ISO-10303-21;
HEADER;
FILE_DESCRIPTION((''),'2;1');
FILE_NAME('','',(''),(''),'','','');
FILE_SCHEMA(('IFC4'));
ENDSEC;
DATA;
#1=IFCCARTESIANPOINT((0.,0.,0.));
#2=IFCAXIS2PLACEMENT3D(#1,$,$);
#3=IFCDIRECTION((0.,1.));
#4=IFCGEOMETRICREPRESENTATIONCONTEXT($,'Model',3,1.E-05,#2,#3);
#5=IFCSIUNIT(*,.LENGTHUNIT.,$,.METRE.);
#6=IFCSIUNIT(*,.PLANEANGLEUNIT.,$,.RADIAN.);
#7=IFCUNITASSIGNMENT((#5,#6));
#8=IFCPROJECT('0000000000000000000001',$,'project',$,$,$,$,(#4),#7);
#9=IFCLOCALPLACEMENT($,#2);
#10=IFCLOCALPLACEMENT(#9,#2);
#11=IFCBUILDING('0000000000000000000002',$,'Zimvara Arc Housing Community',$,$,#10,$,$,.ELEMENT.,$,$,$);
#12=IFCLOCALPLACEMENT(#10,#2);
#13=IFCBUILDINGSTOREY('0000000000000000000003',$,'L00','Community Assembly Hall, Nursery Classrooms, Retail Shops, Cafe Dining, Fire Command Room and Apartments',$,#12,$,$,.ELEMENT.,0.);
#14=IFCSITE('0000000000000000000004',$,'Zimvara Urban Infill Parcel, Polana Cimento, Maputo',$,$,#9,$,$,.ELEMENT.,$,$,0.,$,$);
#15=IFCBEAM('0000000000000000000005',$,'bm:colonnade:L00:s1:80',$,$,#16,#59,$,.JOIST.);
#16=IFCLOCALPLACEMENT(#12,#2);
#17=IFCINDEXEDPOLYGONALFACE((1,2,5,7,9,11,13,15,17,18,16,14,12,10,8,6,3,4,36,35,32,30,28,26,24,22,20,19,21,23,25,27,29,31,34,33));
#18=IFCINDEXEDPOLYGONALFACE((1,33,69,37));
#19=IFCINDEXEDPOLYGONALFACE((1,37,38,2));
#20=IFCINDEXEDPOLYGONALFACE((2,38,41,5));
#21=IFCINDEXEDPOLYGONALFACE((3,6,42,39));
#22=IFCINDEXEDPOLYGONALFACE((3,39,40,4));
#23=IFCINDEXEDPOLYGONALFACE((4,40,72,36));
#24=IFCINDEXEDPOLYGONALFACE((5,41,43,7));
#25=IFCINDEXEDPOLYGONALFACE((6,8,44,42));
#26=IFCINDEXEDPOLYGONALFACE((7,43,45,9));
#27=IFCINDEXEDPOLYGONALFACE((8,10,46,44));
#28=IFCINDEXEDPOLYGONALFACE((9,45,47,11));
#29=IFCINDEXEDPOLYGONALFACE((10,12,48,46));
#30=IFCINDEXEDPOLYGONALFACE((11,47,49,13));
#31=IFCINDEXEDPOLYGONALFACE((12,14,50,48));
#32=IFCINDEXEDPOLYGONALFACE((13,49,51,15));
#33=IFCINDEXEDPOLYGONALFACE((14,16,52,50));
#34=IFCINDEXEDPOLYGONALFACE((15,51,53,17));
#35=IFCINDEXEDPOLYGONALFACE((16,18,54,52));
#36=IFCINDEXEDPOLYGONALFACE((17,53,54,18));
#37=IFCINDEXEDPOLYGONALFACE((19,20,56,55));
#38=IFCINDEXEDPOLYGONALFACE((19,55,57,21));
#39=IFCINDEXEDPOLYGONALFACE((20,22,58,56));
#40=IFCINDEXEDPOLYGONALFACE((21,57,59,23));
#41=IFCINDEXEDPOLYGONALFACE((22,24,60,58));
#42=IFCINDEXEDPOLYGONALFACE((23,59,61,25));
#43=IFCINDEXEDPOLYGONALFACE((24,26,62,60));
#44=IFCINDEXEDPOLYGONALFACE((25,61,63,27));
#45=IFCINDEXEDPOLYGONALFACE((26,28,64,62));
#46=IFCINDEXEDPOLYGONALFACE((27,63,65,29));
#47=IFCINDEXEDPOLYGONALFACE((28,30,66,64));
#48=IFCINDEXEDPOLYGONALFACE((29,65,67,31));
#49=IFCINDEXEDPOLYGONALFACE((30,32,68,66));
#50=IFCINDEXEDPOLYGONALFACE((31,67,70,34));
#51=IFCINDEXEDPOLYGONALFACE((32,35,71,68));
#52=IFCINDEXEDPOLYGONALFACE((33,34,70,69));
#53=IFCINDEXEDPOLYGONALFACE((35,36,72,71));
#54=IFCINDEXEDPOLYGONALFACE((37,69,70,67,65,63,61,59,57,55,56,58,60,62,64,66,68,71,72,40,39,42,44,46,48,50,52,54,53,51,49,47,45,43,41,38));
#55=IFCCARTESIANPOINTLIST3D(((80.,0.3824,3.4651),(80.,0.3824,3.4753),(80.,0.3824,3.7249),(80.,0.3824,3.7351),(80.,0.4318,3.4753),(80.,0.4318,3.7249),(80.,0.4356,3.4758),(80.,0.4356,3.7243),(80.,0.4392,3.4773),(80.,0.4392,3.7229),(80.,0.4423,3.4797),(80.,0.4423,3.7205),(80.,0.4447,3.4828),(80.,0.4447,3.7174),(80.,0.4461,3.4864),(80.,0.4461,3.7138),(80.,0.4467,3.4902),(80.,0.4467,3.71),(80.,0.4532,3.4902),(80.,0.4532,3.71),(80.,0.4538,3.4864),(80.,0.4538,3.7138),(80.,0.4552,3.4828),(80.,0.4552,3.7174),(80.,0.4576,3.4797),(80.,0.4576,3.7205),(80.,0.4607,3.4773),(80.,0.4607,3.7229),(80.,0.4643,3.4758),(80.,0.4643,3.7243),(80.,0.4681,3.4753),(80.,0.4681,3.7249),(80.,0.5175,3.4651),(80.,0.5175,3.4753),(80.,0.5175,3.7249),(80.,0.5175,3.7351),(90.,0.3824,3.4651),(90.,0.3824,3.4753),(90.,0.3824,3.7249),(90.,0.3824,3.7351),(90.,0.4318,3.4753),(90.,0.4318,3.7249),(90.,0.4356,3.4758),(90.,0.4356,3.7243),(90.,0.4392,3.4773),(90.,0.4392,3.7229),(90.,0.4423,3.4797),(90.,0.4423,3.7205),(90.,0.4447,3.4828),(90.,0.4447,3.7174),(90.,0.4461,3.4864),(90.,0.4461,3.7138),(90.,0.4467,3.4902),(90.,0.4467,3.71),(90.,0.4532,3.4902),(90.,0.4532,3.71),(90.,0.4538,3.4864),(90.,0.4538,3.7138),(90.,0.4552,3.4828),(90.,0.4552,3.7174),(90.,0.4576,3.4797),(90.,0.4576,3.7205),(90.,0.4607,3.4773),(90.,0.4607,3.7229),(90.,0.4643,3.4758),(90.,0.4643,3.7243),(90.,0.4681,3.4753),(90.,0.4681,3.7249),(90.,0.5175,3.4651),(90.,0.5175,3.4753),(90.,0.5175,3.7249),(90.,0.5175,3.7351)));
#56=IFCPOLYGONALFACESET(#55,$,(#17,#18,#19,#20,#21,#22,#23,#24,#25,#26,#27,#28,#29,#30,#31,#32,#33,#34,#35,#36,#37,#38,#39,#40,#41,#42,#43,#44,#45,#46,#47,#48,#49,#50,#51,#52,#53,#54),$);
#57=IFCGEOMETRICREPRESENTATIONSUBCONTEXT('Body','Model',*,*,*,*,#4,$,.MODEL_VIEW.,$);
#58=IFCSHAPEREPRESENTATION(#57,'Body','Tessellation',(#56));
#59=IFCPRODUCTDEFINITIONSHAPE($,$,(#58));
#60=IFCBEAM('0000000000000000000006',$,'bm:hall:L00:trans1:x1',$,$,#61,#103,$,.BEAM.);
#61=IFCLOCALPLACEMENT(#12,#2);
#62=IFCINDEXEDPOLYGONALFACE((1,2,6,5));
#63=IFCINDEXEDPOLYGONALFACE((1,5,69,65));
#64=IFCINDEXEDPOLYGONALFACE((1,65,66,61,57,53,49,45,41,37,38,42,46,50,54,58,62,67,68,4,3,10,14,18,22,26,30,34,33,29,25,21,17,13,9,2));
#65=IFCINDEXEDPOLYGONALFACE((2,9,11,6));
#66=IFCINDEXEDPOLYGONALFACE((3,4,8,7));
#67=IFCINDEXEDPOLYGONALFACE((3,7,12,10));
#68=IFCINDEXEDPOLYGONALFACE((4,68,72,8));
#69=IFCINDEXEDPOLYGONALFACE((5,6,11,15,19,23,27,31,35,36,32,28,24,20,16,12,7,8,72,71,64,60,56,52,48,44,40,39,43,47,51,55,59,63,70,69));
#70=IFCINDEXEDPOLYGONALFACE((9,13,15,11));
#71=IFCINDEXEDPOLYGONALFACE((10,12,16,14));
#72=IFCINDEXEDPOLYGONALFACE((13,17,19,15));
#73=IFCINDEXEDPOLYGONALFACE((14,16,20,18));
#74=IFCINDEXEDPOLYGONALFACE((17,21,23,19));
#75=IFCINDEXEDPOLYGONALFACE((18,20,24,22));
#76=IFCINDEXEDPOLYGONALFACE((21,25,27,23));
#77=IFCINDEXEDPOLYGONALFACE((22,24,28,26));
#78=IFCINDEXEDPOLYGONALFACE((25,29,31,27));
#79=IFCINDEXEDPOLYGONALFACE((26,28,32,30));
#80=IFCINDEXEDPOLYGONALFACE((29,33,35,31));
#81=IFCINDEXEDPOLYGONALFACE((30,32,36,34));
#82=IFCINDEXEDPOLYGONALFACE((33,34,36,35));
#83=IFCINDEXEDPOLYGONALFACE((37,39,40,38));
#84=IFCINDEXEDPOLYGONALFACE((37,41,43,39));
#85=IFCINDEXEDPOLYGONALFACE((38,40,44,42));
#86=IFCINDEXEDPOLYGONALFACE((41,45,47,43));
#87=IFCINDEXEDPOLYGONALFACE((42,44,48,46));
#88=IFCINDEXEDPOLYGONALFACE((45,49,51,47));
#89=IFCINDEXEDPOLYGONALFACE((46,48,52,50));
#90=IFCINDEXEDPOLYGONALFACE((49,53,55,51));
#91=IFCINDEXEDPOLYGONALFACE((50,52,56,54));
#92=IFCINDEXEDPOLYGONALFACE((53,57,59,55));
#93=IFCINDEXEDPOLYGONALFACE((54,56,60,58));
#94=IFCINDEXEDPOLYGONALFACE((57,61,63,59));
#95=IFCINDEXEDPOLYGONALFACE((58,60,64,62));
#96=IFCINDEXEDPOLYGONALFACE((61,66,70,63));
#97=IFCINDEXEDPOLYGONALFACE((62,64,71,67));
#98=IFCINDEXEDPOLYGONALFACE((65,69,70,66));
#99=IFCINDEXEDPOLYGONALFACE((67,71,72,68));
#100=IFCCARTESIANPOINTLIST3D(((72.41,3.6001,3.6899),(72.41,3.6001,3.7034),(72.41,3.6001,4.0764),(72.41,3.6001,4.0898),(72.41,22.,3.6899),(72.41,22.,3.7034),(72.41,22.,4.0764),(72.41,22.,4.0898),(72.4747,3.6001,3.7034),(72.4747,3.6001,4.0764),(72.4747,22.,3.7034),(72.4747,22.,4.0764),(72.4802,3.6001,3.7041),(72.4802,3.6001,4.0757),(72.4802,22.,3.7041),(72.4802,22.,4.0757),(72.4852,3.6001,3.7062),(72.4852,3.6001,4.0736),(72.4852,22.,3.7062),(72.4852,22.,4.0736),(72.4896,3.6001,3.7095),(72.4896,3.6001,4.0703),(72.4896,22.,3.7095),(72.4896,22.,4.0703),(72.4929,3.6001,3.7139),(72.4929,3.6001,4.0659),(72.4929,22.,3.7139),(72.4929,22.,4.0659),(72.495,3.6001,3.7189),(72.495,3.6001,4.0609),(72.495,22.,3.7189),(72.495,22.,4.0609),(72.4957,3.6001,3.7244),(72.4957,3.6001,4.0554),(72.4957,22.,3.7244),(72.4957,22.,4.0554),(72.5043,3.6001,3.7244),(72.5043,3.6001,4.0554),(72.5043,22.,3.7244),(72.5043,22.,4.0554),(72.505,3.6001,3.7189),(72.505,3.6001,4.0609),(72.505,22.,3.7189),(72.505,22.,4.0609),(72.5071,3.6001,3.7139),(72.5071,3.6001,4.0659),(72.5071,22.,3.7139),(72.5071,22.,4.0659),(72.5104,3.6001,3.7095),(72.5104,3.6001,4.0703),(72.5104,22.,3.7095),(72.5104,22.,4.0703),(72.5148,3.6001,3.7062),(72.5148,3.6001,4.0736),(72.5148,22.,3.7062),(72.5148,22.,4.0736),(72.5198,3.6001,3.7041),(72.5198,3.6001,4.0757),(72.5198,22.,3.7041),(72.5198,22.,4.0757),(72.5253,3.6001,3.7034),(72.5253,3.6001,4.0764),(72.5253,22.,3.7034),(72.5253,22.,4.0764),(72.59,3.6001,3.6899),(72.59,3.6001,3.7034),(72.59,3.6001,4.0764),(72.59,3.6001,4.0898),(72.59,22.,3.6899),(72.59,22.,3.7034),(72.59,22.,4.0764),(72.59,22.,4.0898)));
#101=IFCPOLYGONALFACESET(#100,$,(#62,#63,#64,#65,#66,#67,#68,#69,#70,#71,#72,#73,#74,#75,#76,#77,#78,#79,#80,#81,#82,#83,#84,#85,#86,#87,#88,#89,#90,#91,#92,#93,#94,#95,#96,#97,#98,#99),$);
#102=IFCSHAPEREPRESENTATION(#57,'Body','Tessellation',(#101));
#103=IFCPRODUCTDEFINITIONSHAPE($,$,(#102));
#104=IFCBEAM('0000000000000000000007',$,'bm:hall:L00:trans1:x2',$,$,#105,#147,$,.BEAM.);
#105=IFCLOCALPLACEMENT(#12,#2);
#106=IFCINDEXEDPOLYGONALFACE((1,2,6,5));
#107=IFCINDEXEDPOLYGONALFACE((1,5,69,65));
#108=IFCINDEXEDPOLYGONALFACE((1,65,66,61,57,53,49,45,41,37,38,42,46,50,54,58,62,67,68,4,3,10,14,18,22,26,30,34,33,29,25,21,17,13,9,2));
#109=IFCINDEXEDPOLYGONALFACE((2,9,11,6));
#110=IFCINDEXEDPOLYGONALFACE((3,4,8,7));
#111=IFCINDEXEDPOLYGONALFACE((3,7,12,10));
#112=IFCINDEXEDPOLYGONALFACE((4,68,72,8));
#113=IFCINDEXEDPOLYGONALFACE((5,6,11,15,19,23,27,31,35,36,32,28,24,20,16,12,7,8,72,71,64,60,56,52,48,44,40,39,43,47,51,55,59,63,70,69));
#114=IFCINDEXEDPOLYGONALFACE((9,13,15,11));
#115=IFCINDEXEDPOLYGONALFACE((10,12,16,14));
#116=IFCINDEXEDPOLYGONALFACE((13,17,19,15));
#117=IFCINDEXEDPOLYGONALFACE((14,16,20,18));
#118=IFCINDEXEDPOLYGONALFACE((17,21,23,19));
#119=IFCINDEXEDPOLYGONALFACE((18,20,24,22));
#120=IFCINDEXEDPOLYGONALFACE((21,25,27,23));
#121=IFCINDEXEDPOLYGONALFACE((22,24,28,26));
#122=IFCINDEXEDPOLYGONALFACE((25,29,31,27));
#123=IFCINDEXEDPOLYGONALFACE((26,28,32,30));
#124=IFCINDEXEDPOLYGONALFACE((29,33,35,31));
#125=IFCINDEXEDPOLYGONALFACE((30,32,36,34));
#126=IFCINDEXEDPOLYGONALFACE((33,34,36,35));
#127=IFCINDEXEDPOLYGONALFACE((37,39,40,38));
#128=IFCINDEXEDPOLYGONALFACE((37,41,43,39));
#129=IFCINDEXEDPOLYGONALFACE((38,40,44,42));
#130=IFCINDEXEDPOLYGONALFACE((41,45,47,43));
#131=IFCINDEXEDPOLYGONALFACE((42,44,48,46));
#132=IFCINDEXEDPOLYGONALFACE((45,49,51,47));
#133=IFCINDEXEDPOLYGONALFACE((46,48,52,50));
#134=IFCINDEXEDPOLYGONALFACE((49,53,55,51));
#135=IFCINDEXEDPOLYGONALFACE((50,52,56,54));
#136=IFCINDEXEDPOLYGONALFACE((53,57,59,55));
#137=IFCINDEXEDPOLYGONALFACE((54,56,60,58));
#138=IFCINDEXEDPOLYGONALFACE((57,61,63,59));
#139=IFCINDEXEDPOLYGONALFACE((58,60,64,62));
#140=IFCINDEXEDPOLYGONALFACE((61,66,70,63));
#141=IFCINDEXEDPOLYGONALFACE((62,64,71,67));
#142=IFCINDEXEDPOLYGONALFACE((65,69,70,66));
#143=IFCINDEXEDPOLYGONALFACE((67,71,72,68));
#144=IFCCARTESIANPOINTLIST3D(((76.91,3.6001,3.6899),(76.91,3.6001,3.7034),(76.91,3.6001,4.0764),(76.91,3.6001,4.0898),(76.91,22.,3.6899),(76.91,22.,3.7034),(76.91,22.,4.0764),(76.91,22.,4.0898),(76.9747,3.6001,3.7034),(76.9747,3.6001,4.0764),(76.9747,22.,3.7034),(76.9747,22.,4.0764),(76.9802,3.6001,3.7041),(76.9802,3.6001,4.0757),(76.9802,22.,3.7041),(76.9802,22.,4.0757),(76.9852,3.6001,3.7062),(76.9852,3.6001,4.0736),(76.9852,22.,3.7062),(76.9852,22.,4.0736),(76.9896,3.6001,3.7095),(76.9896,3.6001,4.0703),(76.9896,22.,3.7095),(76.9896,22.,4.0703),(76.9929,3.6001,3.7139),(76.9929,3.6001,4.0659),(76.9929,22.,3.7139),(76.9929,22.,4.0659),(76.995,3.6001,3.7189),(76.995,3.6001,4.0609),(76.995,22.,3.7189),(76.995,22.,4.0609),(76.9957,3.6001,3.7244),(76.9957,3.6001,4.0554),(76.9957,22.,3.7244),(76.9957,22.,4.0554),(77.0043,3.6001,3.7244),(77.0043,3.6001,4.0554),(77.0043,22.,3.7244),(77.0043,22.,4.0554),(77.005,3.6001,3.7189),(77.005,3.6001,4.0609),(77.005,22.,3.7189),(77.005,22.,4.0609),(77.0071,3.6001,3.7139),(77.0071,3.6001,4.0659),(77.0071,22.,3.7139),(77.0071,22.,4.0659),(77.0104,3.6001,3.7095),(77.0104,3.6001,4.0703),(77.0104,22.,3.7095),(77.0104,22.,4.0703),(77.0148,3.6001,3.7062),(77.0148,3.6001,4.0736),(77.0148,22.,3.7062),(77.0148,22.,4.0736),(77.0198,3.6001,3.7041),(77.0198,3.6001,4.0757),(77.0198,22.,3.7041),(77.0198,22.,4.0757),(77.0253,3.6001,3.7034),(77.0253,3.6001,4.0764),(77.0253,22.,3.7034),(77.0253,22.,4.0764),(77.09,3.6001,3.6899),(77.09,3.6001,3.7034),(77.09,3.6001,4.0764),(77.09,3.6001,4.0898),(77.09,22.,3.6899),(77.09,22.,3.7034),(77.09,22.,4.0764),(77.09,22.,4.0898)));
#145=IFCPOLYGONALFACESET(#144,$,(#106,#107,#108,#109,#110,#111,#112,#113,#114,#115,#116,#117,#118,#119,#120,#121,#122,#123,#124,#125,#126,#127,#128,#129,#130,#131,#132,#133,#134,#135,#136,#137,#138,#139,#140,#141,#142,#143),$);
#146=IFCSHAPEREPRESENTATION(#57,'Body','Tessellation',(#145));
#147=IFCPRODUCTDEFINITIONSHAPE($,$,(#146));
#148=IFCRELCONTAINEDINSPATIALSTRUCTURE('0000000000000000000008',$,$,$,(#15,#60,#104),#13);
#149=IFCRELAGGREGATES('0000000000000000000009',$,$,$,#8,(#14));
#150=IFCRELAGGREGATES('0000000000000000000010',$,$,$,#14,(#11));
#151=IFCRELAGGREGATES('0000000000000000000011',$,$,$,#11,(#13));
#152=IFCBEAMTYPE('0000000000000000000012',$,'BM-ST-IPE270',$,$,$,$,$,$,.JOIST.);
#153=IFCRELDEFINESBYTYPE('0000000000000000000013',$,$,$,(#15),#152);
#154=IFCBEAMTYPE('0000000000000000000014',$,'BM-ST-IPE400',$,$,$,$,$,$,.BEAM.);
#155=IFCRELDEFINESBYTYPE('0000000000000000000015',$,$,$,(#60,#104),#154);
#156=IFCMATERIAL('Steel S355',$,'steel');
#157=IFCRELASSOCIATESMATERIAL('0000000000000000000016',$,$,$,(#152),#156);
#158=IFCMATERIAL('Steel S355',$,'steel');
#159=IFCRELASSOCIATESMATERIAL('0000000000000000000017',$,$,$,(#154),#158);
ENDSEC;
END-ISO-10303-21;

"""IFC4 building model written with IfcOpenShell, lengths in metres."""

from ifc_helpers import new_model, si_unit, direction, frame, origin, origin_2d, place, context, subcontext, project, spatial, i_section, extrude, material, material_profile, profile_set, type_object, element, save


model = new_model("IFC4")

# Units and contexts
model_context = context("Model", 3, precision=1e-05, world=origin(), true_north=direction((0.0, 1.0)))
body_context = subcontext(model_context, "Body", "Model", "MODEL_VIEW")
ifc_project = project(units=[si_unit("LENGTHUNIT", "METRE"), si_unit("PLANEANGLEUNIT", "RADIAN")], contexts=[model_context])

# Site, building, storey
site_placement = place(None, origin())
site = spatial("IfcSite", under=ifc_project, at=site_placement, Name="Zimvara Urban Infill Parcel, Polana Cimento, Maputo", CompositionType="ELEMENT", RefElevation=0.0)
building_placement = place(site_placement, origin())
building = spatial("IfcBuilding", under=site, at=building_placement, Name="Zimvara Arc Housing Community", CompositionType="ELEMENT")
storey_placement = place(building_placement, origin())
storey = spatial("IfcBuildingStorey", under=building, at=storey_placement, Name="L00", Description="Community Assembly Hall, Nursery Classrooms, Retail Shops, Cafe Dining, Fire Command Room and Apartments", CompositionType="ELEMENT", Elevation=0.0)

# Beams
ifc_material_1 = material(Name="Steel S355", Category="steel")
ifc_material_profile_1 = material_profile(ifc_material_1, i_section(OverallWidth=0.135, OverallDepth=0.27, WebThickness=0.0066, FlangeThickness=0.0103, FilletRadius=0.0149, at=origin_2d()), Name="IPE 270")
ifc_profile_set_1 = profile_set([ifc_material_profile_1], Name="Steel S355")
beam_type_1 = type_object("IfcBeamType", Name="BM-ST-IPE270", PredefinedType="JOIST", material=ifc_profile_set_1)
for number, where, z_axis, x_axis, name in (
    (1, (80.0, 0.45, 3.6001), (1.0, 0.0, 0.0), (0.0, 1.0, 0.0), "bm:colonnade:L00:s1:80"),
):
    element("IfcBeam", number, at=place(storey_placement, frame(where, z_axis=z_axis, x_axis=x_axis)), inside=storey, type_object=beam_type_1, Name=name, PredefinedType="JOIST", context=body_context, shape_type="SweptSolid", body=[
        extrude(i_section(OverallWidth=0.135, OverallDepth=0.27, WebThickness=0.0066, FlangeThickness=0.0103, FilletRadius=0.0149, at=origin_2d()), origin(), (0.0, 0.0, 1.0), 10.0),
    ])
ifc_material_2 = material(Name="Steel S355", Category="steel")
ifc_material_profile_2 = material_profile(ifc_material_2, i_section(OverallWidth=0.1799, OverallDepth=0.3999, WebThickness=0.0085, FlangeThickness=0.0134, FilletRadius=0.021, at=origin_2d()), Name="IPE 400")
ifc_profile_set_2 = profile_set([ifc_material_profile_2], Name="Steel S355")
beam_type_2 = type_object("IfcBeamType", Name="BM-ST-IPE400", PredefinedType="BEAM", material=ifc_profile_set_2)
for number, where, z_axis, x_axis, name in (
    (2, (72.5, 3.6001, 3.8899), (0.0, 1.0, 0.0), (-1.0, 0.0, 0.0), "bm:hall:L00:trans1:x1"),
    (3, (77.0, 3.6001, 3.8899), (0.0, 1.0, 0.0), (-1.0, 0.0, 0.0), "bm:hall:L00:trans1:x2"),
):
    element("IfcBeam", number, at=place(storey_placement, frame(where, z_axis=z_axis, x_axis=x_axis)), inside=storey, type_object=beam_type_2, Name=name, PredefinedType="BEAM", context=body_context, shape_type="SweptSolid", body=[
        extrude(i_section(OverallWidth=0.1799, OverallDepth=0.3999, WebThickness=0.0085, FlangeThickness=0.0134, FilletRadius=0.021, at=origin_2d()), origin(), (0.0, 0.0, 1.0), 18.3999),
    ])

save(model, "model.ifc")
